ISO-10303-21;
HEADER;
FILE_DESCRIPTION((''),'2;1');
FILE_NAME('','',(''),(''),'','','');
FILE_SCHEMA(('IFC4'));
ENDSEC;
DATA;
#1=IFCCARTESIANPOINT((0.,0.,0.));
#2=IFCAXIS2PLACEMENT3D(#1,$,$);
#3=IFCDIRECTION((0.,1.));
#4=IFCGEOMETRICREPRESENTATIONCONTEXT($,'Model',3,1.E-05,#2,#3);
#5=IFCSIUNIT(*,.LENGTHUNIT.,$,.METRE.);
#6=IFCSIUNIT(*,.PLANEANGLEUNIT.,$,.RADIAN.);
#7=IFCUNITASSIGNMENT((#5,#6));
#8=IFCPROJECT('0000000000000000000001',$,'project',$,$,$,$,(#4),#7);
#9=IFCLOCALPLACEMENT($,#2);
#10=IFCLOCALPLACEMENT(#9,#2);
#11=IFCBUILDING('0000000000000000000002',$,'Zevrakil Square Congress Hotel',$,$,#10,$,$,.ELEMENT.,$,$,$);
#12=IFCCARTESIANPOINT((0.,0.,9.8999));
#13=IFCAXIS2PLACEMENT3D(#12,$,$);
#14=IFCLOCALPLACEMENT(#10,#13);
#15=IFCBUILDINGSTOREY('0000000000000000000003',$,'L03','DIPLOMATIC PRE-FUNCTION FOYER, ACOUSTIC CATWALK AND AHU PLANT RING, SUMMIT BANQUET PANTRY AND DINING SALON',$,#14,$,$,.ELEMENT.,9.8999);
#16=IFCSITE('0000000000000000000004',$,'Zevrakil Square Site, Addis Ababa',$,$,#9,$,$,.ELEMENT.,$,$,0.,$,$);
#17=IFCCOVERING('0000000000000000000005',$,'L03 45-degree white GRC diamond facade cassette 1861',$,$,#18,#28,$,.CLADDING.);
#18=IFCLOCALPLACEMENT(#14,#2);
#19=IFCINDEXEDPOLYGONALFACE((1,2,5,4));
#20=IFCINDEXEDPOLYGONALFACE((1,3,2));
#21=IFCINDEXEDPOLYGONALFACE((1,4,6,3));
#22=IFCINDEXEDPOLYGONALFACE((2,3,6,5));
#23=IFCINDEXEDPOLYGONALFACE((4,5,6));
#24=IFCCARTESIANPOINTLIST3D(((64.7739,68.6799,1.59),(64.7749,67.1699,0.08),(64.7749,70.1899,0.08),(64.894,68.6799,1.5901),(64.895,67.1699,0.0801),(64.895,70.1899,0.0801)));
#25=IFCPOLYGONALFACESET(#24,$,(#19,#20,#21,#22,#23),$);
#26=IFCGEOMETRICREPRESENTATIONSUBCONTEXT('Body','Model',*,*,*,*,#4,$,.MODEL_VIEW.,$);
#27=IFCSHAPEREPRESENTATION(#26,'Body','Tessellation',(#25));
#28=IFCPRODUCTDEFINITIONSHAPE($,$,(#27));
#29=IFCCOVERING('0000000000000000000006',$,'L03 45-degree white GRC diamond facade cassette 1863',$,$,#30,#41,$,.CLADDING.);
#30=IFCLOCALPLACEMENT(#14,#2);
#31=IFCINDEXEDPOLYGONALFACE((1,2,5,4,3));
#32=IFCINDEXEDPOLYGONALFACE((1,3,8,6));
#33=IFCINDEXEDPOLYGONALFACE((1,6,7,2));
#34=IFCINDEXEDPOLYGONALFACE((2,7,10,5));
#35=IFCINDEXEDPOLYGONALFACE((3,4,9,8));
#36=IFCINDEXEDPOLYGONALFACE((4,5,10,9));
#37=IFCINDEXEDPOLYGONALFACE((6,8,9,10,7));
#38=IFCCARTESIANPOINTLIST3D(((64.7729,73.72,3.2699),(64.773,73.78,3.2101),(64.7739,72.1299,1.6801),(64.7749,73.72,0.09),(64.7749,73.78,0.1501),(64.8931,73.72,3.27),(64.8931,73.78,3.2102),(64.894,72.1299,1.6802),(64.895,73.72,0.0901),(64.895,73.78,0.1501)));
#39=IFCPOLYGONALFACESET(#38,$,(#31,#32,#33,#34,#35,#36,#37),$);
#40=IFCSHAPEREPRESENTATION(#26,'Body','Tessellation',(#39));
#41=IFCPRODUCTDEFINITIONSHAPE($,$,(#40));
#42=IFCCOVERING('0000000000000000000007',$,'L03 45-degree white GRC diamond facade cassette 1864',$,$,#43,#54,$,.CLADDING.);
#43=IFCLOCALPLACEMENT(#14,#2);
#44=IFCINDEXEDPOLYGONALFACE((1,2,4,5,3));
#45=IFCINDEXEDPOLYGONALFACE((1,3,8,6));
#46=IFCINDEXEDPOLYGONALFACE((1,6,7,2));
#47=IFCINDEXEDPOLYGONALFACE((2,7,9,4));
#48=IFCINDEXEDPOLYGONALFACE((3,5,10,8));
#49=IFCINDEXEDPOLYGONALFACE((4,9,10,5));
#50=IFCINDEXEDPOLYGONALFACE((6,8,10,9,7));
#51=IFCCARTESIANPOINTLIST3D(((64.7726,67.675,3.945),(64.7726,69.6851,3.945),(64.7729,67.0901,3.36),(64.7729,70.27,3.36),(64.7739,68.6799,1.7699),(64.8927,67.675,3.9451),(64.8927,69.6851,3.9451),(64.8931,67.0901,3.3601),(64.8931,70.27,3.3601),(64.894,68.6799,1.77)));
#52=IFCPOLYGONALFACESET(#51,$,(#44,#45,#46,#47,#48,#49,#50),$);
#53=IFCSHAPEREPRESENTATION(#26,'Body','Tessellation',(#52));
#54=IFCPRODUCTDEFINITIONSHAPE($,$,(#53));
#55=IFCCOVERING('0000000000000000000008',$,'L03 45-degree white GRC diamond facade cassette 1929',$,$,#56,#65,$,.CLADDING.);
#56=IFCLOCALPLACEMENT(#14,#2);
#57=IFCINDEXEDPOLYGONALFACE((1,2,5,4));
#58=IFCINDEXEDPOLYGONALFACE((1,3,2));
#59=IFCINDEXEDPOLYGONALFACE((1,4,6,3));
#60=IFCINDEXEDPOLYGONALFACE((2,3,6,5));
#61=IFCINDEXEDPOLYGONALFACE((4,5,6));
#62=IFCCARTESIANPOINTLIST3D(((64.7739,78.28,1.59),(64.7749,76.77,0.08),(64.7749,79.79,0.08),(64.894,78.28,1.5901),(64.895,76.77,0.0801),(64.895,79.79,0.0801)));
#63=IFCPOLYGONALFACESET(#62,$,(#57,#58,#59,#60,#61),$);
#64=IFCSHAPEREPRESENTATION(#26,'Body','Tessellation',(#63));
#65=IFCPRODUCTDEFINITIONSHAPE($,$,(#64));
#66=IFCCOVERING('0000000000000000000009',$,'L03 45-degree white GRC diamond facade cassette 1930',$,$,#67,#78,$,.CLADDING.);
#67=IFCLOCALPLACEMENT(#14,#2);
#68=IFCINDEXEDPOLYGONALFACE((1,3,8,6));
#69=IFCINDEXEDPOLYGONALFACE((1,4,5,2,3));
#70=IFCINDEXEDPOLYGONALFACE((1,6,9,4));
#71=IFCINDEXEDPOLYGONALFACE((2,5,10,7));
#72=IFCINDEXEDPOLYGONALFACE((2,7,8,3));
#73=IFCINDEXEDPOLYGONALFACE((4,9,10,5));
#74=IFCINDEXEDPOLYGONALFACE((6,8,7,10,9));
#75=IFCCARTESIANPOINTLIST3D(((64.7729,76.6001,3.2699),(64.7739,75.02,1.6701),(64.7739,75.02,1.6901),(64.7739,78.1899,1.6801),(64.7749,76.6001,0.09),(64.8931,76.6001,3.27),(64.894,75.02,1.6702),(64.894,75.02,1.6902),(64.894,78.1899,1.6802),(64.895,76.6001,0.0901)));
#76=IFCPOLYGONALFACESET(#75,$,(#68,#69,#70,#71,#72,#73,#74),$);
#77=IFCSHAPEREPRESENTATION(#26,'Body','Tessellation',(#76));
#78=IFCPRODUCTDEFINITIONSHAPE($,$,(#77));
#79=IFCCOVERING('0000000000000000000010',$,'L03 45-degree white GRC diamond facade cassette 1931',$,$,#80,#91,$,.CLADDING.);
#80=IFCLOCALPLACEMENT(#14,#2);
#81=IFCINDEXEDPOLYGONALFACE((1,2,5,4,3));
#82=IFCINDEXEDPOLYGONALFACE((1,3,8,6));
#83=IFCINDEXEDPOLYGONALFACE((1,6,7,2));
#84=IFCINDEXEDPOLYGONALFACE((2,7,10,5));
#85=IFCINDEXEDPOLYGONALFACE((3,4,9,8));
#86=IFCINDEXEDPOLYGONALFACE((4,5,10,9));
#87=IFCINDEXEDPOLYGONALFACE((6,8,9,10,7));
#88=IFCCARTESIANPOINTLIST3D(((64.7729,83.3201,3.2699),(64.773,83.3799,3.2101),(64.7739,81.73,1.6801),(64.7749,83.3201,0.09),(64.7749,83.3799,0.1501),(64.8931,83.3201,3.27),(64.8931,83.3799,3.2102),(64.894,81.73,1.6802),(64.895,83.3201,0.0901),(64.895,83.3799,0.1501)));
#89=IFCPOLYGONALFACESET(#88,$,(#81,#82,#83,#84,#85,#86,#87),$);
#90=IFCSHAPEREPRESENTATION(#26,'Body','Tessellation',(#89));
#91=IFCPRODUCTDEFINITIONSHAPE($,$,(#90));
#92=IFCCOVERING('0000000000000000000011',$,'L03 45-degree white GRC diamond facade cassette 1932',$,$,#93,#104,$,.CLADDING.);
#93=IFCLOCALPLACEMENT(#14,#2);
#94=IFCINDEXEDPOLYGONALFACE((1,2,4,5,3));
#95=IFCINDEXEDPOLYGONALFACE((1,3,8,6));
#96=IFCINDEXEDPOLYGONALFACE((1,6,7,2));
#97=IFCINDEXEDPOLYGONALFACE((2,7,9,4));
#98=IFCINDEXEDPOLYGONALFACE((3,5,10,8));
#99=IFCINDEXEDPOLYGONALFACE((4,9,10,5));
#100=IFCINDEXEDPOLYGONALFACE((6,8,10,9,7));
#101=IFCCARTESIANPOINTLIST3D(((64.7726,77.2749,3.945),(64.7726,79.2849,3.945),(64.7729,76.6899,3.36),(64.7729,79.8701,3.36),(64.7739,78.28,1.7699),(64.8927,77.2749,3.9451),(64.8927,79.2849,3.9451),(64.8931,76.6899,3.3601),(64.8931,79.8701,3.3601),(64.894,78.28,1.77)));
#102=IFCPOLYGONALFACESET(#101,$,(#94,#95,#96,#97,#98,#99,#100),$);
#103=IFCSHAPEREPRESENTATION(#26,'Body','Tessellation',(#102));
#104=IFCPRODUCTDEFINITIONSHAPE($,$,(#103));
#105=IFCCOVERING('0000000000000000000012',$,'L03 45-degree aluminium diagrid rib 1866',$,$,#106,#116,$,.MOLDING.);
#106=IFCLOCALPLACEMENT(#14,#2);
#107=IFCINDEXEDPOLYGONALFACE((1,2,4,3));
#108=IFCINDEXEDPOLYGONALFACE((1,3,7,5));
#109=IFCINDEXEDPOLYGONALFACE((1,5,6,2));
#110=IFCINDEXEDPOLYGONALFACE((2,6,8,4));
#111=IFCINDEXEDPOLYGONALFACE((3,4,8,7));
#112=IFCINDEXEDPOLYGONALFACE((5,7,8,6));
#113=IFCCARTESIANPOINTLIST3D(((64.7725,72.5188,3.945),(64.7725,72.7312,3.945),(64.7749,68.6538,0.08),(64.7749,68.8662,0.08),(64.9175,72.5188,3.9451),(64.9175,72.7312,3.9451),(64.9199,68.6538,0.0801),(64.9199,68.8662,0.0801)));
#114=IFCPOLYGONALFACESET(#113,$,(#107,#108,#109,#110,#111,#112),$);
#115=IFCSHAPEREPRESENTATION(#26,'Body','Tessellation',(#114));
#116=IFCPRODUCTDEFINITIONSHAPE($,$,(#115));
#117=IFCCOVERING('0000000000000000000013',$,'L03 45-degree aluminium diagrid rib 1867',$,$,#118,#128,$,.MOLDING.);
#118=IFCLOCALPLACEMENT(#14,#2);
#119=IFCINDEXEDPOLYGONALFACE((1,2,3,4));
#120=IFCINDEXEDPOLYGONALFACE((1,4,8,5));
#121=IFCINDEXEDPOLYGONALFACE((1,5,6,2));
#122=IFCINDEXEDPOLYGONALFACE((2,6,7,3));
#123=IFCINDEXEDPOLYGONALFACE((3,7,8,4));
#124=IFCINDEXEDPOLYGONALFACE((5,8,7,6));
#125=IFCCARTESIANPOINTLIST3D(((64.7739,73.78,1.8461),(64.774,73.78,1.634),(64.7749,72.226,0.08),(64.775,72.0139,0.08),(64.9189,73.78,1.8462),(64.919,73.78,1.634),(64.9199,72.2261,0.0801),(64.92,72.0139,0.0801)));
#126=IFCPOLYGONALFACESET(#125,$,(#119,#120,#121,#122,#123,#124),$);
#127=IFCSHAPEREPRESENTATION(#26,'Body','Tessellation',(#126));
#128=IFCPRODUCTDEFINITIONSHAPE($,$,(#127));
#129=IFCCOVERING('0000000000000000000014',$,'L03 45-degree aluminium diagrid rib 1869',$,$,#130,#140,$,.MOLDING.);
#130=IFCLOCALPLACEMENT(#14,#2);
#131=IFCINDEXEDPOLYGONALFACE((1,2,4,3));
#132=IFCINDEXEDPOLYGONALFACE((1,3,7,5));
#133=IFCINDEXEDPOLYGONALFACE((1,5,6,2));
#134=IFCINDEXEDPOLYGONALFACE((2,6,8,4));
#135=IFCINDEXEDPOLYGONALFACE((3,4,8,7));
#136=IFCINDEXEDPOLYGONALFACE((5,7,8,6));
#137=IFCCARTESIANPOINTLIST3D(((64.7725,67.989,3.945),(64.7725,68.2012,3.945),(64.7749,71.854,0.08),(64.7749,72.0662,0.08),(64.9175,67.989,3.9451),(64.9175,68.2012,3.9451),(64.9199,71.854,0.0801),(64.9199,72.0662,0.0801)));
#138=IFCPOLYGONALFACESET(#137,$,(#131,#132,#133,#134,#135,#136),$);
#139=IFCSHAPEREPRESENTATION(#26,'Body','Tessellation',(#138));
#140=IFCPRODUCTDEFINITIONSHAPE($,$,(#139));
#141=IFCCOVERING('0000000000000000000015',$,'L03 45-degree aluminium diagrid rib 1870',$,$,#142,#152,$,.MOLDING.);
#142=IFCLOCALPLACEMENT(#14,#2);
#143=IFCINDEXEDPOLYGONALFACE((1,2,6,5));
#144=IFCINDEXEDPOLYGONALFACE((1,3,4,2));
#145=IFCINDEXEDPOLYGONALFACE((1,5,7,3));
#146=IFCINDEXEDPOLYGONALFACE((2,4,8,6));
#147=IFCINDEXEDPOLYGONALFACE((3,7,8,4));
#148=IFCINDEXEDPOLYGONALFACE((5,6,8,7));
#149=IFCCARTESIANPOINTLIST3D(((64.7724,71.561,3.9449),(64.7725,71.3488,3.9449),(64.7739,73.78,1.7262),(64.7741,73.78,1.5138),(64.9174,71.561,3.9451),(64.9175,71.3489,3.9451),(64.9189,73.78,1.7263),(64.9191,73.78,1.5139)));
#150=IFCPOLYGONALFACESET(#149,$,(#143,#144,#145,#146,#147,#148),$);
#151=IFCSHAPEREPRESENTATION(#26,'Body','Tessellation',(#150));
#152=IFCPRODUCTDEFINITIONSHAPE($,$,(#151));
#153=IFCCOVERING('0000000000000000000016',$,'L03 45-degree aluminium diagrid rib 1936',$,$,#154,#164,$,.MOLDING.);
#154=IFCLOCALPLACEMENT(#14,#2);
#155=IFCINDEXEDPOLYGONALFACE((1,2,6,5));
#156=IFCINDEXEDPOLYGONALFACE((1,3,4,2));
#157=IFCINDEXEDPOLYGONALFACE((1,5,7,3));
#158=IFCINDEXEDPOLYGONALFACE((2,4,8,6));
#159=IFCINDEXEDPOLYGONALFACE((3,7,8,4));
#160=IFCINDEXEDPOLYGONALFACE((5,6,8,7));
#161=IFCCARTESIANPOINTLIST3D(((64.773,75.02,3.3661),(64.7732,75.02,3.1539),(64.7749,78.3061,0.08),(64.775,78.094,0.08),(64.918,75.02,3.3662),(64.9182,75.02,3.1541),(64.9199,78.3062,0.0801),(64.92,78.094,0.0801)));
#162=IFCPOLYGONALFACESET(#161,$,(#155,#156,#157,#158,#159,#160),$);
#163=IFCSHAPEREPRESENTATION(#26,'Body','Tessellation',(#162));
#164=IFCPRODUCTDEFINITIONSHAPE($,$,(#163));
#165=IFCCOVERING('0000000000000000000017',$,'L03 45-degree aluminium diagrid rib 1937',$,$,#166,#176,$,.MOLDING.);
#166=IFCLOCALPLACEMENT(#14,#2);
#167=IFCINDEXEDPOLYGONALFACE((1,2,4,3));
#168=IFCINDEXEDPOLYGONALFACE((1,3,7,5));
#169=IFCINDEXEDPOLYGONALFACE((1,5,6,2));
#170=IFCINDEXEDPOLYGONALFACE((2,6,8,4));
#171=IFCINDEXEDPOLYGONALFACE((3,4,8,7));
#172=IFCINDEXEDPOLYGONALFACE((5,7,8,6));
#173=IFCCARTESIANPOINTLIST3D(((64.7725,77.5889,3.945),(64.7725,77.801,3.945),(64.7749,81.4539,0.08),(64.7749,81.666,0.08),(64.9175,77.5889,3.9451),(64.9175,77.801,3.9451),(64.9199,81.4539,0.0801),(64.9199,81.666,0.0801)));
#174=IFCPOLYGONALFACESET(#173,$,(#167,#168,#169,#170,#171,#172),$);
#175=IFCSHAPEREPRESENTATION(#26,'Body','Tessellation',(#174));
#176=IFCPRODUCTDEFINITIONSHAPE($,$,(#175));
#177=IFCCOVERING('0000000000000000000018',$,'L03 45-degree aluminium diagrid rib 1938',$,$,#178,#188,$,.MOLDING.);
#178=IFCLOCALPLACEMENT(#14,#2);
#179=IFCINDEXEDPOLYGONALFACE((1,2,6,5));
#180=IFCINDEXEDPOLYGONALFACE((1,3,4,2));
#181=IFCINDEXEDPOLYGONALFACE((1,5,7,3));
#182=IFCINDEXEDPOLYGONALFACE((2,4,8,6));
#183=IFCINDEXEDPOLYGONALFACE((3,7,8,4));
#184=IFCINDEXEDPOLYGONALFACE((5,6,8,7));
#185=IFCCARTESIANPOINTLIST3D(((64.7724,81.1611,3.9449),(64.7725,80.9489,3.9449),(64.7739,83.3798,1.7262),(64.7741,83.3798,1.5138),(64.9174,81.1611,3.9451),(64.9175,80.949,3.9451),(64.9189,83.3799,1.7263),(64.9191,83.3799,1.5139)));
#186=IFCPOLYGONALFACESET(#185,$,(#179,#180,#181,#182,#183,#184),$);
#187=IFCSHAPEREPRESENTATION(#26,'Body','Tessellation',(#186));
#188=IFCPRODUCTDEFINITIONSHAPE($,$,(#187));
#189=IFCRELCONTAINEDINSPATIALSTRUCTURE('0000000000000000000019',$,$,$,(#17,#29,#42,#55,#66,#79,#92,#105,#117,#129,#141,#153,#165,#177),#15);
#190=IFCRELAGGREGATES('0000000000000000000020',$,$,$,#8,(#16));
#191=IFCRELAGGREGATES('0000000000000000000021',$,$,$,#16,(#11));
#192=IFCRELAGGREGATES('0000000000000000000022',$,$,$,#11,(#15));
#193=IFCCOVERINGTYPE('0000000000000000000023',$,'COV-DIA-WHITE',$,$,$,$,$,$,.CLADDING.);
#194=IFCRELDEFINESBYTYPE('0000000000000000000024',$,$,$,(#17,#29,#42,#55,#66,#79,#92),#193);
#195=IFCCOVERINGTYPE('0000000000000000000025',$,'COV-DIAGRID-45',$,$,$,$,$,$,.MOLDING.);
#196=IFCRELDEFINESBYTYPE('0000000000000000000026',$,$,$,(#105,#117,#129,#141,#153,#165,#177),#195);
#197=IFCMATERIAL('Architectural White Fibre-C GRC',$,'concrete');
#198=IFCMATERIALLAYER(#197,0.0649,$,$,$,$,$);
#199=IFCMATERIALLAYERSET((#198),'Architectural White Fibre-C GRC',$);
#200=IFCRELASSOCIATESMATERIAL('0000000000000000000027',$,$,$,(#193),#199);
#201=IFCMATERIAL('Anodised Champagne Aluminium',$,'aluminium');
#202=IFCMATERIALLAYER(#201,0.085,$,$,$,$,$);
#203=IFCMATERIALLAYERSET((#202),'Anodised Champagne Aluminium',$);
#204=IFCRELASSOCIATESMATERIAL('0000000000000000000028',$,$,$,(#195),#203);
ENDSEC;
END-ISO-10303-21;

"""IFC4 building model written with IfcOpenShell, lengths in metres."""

from ifc_helpers import new_model, si_unit, direction, frame, origin, place, context, subcontext, project, spatial, polyline, outline, extrude, material, layer, layer_set, type_object, element, save


model = new_model("IFC4")

# Units and contexts
model_context = context("Model", 3, precision=1e-05, world=origin(), true_north=direction((0.0, 1.0)))
body_context = subcontext(model_context, "Body", "Model", "MODEL_VIEW")
ifc_project = project(units=[si_unit("LENGTHUNIT", "METRE"), si_unit("PLANEANGLEUNIT", "RADIAN")], contexts=[model_context])

# Site, building, storey
site_placement = place(None, origin())
site = spatial("IfcSite", under=ifc_project, at=site_placement, Name="Zevrakil Square Site, Addis Ababa", CompositionType="ELEMENT", RefElevation=0.0)
building_placement = place(site_placement, origin())
building = spatial("IfcBuilding", under=site, at=building_placement, Name="Zevrakil Square Congress Hotel", CompositionType="ELEMENT")
storey_placement = place(building_placement, frame((0.0, 0.0, 9.8999)))
storey = spatial("IfcBuildingStorey", under=building, at=storey_placement, Name="L03", Description="DIPLOMATIC PRE-FUNCTION FOYER, ACOUSTIC CATWALK AND AHU PLANT RING, SUMMIT BANQUET PANTRY AND DINING SALON", CompositionType="ELEMENT", Elevation=9.8999)

# Coverings
ifc_material_1 = material(Name="Architectural White Fibre-C GRC", Category="concrete")
ifc_layer_1 = layer(ifc_material_1, 0.0649)
ifc_layer_set_1 = layer_set([ifc_layer_1], Name="Architectural White Fibre-C GRC")
covering_type_1 = type_object("IfcCoveringType", Name="COV-DIA-WHITE", PredefinedType="CLADDING", material=ifc_layer_set_1)
covering_1_placement = place(storey_placement, frame((64.894, 68.6799, 1.5901), z_axis=(1.0, 0.0, 0.000647), x_axis=(0.000457, 0.707107, -0.707107)))
element("IfcCovering", 1, at=covering_1_placement, inside=storey, type_object=covering_type_1, Name="L03 45-degree white GRC diamond facade cassette 1861", PredefinedType="CLADDING", context=body_context, shape_type="SweptSolid", body=[
    extrude(outline(polyline([(0.0, 0.0), (2.1355, 0.0), (0.0, -2.1355), (0.0, 0.0)])), origin(), (0.0, 0.0, -1.0), 0.1201),
])
covering_2_placement = place(storey_placement, frame((64.895, 73.72, 0.0901), z_axis=(1.0, 0.0, 0.000615), x_axis=(-0.000435, -0.707107, 0.707107)))
element("IfcCovering", 2, at=covering_2_placement, inside=storey, type_object=covering_type_1, Name="L03 45-degree white GRC diamond facade cassette 1863", PredefinedType="CLADDING", context=body_context, shape_type="SweptSolid", body=[
    extrude(outline(polyline([(0.0, 0.0), (2.2487, 0.0), (2.2486, -2.2486), (2.1638, -2.2487), (0.0, -0.0849), (0.0, 0.0)])), origin(), (0.0, 0.0, -1.0), 0.1201),
])
covering_3_placement = place(storey_placement, frame((64.8931, 70.27, 3.3601), z_axis=(1.0, 0.0, 0.000601), x_axis=(0.000425, -0.707107, -0.707107)))
element("IfcCovering", 3, at=covering_3_placement, inside=storey, type_object=covering_type_1, Name="L03 45-degree white GRC diamond facade cassette 1864", PredefinedType="CLADDING", context=body_context, shape_type="SweptSolid", body=[
    extrude(outline(polyline([(0.0, 0.0), (2.2487, 0.0), (2.2486, -2.2486), (1.4213, -2.2486), (0.0, -0.8273), (0.0, 0.0)])), origin(), (0.0, 0.0, -1.0), 0.1201),
])
covering_4_placement = place(storey_placement, frame((64.894, 78.28, 1.5901), z_axis=(1.0, 0.0, 0.000647), x_axis=(0.000457, 0.707107, -0.707107)))
element("IfcCovering", 4, at=covering_4_placement, inside=storey, type_object=covering_type_1, Name="L03 45-degree white GRC diamond facade cassette 1929", PredefinedType="CLADDING", context=body_context, shape_type="SweptSolid", body=[
    extrude(outline(polyline([(0.0, 0.0), (2.1355, 0.0), (0.0, -2.1355), (0.0, 0.0)])), origin(), (0.0, 0.0, -1.0), 0.1201),
])
covering_5_placement = place(storey_placement, frame((64.8931, 76.6001, 3.27), z_axis=(1.0, 0.0, 0.000612), x_axis=(0.000433, 0.707107, -0.707107)))
element("IfcCovering", 5, at=covering_5_placement, inside=storey, type_object=covering_type_1, Name="L03 45-degree white GRC diamond facade cassette 1930", PredefinedType="CLADDING", context=body_context, shape_type="SweptSolid", body=[
    extrude(outline(polyline([(0.0, 0.0), (2.2484, 0.0), (2.2486, -2.2486), (0.014, -2.2486), (-0.0002, -2.2344), (0.0, 0.0)])), origin(), (0.0, 0.0, -1.0), 0.1201),
])
covering_6_placement = place(storey_placement, frame((64.895, 83.3201, 0.0901), z_axis=(1.0, 0.0, 0.000615), x_axis=(-0.000435, -0.707107, 0.707107)))
element("IfcCovering", 6, at=covering_6_placement, inside=storey, type_object=covering_type_1, Name="L03 45-degree white GRC diamond facade cassette 1931", PredefinedType="CLADDING", context=body_context, shape_type="SweptSolid", body=[
    extrude(outline(polyline([(0.0, 0.0), (2.2487, 0.0), (2.2486, -2.2486), (2.164, -2.2486), (0.0002, -0.0848), (0.0, 0.0)])), origin(), (0.0, 0.0, -1.0), 0.1201),
])
covering_7_placement = place(storey_placement, frame((64.8931, 79.8701, 3.3601), z_axis=(1.0, 0.0, 0.000601), x_axis=(0.000425, -0.707107, -0.707107)))
element("IfcCovering", 7, at=covering_7_placement, inside=storey, type_object=covering_type_1, Name="L03 45-degree white GRC diamond facade cassette 1932", PredefinedType="CLADDING", context=body_context, shape_type="SweptSolid", body=[
    extrude(outline(polyline([(0.0, 0.0), (2.2487, 0.0), (2.2487, -2.2487), (1.4215, -2.2487), (0.0002, -0.8274), (0.0, 0.0)])), origin(), (0.0, 0.0, -1.0), 0.1201),
])
ifc_material_2 = material(Name="Anodised Champagne Aluminium", Category="aluminium")
ifc_layer_2 = layer(ifc_material_2, 0.085)
ifc_layer_set_2 = layer_set([ifc_layer_2], Name="Anodised Champagne Aluminium")
covering_type_2 = type_object("IfcCoveringType", Name="COV-DIAGRID-45", PredefinedType="MOLDING", material=ifc_layer_set_2)
covering_8_placement = place(storey_placement, frame((64.9199, 68.8662, 0.0801), z_axis=(1.0, 0.0, 0.000632), x_axis=(0.0, -1.0, 0.0)))
element("IfcCovering", 8, at=covering_8_placement, inside=storey, type_object=covering_type_2, Name="L03 45-degree aluminium diagrid rib 1866", PredefinedType="MOLDING", context=body_context, shape_type="SweptSolid", body=[
    extrude(outline(polyline([(0.0, 0.0), (0.2124, 0.0), (-3.6526, -3.865), (-3.865, -3.865), (0.0, 0.0)])), origin(), (0.0, 0.0, -1.0), 0.145),
])
covering_9_placement = place(storey_placement, frame((64.9199, 72.2261, 0.0801), z_axis=(1.0, 0.000294, 0.000294), x_axis=(0.000294, -1.0, 0.0)))
element("IfcCovering", 9, at=covering_9_placement, inside=storey, type_object=covering_type_2, Name="L03 45-degree aluminium diagrid rib 1867", PredefinedType="MOLDING", context=body_context, shape_type="SweptSolid", body=[
    extrude(outline(polyline([(0.0, 0.0), (0.2122, 0.0), (-1.554, -1.7661), (-1.554, -1.554), (0.0, 0.0)])), origin(), (0.0, 0.0, -1.0), 0.145),
])
covering_10_placement = place(storey_placement, frame((64.9175, 67.989, 3.9451), z_axis=(1.0, 0.0, 0.000632), x_axis=(0.0, 1.0, 0.0)))
element("IfcCovering", 10, at=covering_10_placement, inside=storey, type_object=covering_type_2, Name="L03 45-degree aluminium diagrid rib 1869", PredefinedType="MOLDING", context=body_context, shape_type="SweptSolid", body=[
    extrude(outline(polyline([(0.0, 0.0), (0.2122, 0.0), (4.0771, -3.865), (3.865, -3.865), (0.0, 0.0)])), origin(), (0.0, 0.0, -1.0), 0.145),
])
covering_11_placement = place(storey_placement, frame((64.9175, 71.3489, 3.9451), z_axis=(1.0, 0.000234, 0.000916), x_axis=(-0.000234, 1.0, 0.0)))
element("IfcCovering", 11, at=covering_11_placement, inside=storey, type_object=covering_type_2, Name="L03 45-degree aluminium diagrid rib 1870", PredefinedType="MOLDING", context=body_context, shape_type="SweptSolid", body=[
    extrude(outline(polyline([(0.0, 0.0), (0.2122, 0.0), (2.4312, -2.2188), (2.4312, -2.4312), (0.0, 0.0)])), origin(), (0.0, 0.0, -1.0), 0.145),
])
covering_12_placement = place(storey_placement, frame((64.9182, 75.02, 3.1541), z_axis=(1.0, 0.000287, 0.000863), x_axis=(-0.000863, 0.0, 1.0)))
element("IfcCovering", 12, at=covering_12_placement, inside=storey, type_object=covering_type_2, Name="L03 45-degree aluminium diagrid rib 1936", PredefinedType="MOLDING", context=body_context, shape_type="SweptSolid", body=[
    extrude(outline(polyline([(0.0, 0.0), (0.2122, 0.0), (-3.074, -3.2861), (-3.074, -3.074), (0.0, 0.0)])), origin(), (0.0, 0.0, -1.0), 0.145),
])
covering_13_placement = place(storey_placement, frame((64.9175, 77.5889, 3.9451), z_axis=(1.0, 0.0, 0.000632), x_axis=(0.0, 1.0, 0.0)))
element("IfcCovering", 13, at=covering_13_placement, inside=storey, type_object=covering_type_2, Name="L03 45-degree aluminium diagrid rib 1937", PredefinedType="MOLDING", context=body_context, shape_type="SweptSolid", body=[
    extrude(outline(polyline([(0.0, 0.0), (0.2122, 0.0), (4.0771, -3.865), (3.865, -3.865), (0.0, 0.0)])), origin(), (0.0, 0.0, -1.0), 0.145),
])
covering_14_placement = place(storey_placement, frame((64.9175, 80.949, 3.9451), z_axis=(1.0, 0.000234, 0.000916), x_axis=(-0.000234, 1.0, 0.0)))
element("IfcCovering", 14, at=covering_14_placement, inside=storey, type_object=covering_type_2, Name="L03 45-degree aluminium diagrid rib 1938", PredefinedType="MOLDING", context=body_context, shape_type="SweptSolid", body=[
    extrude(outline(polyline([(0.0, 0.0), (0.2122, 0.0), (2.4309, -2.2188), (2.4309, -2.4312), (0.0, 0.0)])), origin(), (0.0, 0.0, -1.0), 0.145),
])

save(model, "model.ifc")
